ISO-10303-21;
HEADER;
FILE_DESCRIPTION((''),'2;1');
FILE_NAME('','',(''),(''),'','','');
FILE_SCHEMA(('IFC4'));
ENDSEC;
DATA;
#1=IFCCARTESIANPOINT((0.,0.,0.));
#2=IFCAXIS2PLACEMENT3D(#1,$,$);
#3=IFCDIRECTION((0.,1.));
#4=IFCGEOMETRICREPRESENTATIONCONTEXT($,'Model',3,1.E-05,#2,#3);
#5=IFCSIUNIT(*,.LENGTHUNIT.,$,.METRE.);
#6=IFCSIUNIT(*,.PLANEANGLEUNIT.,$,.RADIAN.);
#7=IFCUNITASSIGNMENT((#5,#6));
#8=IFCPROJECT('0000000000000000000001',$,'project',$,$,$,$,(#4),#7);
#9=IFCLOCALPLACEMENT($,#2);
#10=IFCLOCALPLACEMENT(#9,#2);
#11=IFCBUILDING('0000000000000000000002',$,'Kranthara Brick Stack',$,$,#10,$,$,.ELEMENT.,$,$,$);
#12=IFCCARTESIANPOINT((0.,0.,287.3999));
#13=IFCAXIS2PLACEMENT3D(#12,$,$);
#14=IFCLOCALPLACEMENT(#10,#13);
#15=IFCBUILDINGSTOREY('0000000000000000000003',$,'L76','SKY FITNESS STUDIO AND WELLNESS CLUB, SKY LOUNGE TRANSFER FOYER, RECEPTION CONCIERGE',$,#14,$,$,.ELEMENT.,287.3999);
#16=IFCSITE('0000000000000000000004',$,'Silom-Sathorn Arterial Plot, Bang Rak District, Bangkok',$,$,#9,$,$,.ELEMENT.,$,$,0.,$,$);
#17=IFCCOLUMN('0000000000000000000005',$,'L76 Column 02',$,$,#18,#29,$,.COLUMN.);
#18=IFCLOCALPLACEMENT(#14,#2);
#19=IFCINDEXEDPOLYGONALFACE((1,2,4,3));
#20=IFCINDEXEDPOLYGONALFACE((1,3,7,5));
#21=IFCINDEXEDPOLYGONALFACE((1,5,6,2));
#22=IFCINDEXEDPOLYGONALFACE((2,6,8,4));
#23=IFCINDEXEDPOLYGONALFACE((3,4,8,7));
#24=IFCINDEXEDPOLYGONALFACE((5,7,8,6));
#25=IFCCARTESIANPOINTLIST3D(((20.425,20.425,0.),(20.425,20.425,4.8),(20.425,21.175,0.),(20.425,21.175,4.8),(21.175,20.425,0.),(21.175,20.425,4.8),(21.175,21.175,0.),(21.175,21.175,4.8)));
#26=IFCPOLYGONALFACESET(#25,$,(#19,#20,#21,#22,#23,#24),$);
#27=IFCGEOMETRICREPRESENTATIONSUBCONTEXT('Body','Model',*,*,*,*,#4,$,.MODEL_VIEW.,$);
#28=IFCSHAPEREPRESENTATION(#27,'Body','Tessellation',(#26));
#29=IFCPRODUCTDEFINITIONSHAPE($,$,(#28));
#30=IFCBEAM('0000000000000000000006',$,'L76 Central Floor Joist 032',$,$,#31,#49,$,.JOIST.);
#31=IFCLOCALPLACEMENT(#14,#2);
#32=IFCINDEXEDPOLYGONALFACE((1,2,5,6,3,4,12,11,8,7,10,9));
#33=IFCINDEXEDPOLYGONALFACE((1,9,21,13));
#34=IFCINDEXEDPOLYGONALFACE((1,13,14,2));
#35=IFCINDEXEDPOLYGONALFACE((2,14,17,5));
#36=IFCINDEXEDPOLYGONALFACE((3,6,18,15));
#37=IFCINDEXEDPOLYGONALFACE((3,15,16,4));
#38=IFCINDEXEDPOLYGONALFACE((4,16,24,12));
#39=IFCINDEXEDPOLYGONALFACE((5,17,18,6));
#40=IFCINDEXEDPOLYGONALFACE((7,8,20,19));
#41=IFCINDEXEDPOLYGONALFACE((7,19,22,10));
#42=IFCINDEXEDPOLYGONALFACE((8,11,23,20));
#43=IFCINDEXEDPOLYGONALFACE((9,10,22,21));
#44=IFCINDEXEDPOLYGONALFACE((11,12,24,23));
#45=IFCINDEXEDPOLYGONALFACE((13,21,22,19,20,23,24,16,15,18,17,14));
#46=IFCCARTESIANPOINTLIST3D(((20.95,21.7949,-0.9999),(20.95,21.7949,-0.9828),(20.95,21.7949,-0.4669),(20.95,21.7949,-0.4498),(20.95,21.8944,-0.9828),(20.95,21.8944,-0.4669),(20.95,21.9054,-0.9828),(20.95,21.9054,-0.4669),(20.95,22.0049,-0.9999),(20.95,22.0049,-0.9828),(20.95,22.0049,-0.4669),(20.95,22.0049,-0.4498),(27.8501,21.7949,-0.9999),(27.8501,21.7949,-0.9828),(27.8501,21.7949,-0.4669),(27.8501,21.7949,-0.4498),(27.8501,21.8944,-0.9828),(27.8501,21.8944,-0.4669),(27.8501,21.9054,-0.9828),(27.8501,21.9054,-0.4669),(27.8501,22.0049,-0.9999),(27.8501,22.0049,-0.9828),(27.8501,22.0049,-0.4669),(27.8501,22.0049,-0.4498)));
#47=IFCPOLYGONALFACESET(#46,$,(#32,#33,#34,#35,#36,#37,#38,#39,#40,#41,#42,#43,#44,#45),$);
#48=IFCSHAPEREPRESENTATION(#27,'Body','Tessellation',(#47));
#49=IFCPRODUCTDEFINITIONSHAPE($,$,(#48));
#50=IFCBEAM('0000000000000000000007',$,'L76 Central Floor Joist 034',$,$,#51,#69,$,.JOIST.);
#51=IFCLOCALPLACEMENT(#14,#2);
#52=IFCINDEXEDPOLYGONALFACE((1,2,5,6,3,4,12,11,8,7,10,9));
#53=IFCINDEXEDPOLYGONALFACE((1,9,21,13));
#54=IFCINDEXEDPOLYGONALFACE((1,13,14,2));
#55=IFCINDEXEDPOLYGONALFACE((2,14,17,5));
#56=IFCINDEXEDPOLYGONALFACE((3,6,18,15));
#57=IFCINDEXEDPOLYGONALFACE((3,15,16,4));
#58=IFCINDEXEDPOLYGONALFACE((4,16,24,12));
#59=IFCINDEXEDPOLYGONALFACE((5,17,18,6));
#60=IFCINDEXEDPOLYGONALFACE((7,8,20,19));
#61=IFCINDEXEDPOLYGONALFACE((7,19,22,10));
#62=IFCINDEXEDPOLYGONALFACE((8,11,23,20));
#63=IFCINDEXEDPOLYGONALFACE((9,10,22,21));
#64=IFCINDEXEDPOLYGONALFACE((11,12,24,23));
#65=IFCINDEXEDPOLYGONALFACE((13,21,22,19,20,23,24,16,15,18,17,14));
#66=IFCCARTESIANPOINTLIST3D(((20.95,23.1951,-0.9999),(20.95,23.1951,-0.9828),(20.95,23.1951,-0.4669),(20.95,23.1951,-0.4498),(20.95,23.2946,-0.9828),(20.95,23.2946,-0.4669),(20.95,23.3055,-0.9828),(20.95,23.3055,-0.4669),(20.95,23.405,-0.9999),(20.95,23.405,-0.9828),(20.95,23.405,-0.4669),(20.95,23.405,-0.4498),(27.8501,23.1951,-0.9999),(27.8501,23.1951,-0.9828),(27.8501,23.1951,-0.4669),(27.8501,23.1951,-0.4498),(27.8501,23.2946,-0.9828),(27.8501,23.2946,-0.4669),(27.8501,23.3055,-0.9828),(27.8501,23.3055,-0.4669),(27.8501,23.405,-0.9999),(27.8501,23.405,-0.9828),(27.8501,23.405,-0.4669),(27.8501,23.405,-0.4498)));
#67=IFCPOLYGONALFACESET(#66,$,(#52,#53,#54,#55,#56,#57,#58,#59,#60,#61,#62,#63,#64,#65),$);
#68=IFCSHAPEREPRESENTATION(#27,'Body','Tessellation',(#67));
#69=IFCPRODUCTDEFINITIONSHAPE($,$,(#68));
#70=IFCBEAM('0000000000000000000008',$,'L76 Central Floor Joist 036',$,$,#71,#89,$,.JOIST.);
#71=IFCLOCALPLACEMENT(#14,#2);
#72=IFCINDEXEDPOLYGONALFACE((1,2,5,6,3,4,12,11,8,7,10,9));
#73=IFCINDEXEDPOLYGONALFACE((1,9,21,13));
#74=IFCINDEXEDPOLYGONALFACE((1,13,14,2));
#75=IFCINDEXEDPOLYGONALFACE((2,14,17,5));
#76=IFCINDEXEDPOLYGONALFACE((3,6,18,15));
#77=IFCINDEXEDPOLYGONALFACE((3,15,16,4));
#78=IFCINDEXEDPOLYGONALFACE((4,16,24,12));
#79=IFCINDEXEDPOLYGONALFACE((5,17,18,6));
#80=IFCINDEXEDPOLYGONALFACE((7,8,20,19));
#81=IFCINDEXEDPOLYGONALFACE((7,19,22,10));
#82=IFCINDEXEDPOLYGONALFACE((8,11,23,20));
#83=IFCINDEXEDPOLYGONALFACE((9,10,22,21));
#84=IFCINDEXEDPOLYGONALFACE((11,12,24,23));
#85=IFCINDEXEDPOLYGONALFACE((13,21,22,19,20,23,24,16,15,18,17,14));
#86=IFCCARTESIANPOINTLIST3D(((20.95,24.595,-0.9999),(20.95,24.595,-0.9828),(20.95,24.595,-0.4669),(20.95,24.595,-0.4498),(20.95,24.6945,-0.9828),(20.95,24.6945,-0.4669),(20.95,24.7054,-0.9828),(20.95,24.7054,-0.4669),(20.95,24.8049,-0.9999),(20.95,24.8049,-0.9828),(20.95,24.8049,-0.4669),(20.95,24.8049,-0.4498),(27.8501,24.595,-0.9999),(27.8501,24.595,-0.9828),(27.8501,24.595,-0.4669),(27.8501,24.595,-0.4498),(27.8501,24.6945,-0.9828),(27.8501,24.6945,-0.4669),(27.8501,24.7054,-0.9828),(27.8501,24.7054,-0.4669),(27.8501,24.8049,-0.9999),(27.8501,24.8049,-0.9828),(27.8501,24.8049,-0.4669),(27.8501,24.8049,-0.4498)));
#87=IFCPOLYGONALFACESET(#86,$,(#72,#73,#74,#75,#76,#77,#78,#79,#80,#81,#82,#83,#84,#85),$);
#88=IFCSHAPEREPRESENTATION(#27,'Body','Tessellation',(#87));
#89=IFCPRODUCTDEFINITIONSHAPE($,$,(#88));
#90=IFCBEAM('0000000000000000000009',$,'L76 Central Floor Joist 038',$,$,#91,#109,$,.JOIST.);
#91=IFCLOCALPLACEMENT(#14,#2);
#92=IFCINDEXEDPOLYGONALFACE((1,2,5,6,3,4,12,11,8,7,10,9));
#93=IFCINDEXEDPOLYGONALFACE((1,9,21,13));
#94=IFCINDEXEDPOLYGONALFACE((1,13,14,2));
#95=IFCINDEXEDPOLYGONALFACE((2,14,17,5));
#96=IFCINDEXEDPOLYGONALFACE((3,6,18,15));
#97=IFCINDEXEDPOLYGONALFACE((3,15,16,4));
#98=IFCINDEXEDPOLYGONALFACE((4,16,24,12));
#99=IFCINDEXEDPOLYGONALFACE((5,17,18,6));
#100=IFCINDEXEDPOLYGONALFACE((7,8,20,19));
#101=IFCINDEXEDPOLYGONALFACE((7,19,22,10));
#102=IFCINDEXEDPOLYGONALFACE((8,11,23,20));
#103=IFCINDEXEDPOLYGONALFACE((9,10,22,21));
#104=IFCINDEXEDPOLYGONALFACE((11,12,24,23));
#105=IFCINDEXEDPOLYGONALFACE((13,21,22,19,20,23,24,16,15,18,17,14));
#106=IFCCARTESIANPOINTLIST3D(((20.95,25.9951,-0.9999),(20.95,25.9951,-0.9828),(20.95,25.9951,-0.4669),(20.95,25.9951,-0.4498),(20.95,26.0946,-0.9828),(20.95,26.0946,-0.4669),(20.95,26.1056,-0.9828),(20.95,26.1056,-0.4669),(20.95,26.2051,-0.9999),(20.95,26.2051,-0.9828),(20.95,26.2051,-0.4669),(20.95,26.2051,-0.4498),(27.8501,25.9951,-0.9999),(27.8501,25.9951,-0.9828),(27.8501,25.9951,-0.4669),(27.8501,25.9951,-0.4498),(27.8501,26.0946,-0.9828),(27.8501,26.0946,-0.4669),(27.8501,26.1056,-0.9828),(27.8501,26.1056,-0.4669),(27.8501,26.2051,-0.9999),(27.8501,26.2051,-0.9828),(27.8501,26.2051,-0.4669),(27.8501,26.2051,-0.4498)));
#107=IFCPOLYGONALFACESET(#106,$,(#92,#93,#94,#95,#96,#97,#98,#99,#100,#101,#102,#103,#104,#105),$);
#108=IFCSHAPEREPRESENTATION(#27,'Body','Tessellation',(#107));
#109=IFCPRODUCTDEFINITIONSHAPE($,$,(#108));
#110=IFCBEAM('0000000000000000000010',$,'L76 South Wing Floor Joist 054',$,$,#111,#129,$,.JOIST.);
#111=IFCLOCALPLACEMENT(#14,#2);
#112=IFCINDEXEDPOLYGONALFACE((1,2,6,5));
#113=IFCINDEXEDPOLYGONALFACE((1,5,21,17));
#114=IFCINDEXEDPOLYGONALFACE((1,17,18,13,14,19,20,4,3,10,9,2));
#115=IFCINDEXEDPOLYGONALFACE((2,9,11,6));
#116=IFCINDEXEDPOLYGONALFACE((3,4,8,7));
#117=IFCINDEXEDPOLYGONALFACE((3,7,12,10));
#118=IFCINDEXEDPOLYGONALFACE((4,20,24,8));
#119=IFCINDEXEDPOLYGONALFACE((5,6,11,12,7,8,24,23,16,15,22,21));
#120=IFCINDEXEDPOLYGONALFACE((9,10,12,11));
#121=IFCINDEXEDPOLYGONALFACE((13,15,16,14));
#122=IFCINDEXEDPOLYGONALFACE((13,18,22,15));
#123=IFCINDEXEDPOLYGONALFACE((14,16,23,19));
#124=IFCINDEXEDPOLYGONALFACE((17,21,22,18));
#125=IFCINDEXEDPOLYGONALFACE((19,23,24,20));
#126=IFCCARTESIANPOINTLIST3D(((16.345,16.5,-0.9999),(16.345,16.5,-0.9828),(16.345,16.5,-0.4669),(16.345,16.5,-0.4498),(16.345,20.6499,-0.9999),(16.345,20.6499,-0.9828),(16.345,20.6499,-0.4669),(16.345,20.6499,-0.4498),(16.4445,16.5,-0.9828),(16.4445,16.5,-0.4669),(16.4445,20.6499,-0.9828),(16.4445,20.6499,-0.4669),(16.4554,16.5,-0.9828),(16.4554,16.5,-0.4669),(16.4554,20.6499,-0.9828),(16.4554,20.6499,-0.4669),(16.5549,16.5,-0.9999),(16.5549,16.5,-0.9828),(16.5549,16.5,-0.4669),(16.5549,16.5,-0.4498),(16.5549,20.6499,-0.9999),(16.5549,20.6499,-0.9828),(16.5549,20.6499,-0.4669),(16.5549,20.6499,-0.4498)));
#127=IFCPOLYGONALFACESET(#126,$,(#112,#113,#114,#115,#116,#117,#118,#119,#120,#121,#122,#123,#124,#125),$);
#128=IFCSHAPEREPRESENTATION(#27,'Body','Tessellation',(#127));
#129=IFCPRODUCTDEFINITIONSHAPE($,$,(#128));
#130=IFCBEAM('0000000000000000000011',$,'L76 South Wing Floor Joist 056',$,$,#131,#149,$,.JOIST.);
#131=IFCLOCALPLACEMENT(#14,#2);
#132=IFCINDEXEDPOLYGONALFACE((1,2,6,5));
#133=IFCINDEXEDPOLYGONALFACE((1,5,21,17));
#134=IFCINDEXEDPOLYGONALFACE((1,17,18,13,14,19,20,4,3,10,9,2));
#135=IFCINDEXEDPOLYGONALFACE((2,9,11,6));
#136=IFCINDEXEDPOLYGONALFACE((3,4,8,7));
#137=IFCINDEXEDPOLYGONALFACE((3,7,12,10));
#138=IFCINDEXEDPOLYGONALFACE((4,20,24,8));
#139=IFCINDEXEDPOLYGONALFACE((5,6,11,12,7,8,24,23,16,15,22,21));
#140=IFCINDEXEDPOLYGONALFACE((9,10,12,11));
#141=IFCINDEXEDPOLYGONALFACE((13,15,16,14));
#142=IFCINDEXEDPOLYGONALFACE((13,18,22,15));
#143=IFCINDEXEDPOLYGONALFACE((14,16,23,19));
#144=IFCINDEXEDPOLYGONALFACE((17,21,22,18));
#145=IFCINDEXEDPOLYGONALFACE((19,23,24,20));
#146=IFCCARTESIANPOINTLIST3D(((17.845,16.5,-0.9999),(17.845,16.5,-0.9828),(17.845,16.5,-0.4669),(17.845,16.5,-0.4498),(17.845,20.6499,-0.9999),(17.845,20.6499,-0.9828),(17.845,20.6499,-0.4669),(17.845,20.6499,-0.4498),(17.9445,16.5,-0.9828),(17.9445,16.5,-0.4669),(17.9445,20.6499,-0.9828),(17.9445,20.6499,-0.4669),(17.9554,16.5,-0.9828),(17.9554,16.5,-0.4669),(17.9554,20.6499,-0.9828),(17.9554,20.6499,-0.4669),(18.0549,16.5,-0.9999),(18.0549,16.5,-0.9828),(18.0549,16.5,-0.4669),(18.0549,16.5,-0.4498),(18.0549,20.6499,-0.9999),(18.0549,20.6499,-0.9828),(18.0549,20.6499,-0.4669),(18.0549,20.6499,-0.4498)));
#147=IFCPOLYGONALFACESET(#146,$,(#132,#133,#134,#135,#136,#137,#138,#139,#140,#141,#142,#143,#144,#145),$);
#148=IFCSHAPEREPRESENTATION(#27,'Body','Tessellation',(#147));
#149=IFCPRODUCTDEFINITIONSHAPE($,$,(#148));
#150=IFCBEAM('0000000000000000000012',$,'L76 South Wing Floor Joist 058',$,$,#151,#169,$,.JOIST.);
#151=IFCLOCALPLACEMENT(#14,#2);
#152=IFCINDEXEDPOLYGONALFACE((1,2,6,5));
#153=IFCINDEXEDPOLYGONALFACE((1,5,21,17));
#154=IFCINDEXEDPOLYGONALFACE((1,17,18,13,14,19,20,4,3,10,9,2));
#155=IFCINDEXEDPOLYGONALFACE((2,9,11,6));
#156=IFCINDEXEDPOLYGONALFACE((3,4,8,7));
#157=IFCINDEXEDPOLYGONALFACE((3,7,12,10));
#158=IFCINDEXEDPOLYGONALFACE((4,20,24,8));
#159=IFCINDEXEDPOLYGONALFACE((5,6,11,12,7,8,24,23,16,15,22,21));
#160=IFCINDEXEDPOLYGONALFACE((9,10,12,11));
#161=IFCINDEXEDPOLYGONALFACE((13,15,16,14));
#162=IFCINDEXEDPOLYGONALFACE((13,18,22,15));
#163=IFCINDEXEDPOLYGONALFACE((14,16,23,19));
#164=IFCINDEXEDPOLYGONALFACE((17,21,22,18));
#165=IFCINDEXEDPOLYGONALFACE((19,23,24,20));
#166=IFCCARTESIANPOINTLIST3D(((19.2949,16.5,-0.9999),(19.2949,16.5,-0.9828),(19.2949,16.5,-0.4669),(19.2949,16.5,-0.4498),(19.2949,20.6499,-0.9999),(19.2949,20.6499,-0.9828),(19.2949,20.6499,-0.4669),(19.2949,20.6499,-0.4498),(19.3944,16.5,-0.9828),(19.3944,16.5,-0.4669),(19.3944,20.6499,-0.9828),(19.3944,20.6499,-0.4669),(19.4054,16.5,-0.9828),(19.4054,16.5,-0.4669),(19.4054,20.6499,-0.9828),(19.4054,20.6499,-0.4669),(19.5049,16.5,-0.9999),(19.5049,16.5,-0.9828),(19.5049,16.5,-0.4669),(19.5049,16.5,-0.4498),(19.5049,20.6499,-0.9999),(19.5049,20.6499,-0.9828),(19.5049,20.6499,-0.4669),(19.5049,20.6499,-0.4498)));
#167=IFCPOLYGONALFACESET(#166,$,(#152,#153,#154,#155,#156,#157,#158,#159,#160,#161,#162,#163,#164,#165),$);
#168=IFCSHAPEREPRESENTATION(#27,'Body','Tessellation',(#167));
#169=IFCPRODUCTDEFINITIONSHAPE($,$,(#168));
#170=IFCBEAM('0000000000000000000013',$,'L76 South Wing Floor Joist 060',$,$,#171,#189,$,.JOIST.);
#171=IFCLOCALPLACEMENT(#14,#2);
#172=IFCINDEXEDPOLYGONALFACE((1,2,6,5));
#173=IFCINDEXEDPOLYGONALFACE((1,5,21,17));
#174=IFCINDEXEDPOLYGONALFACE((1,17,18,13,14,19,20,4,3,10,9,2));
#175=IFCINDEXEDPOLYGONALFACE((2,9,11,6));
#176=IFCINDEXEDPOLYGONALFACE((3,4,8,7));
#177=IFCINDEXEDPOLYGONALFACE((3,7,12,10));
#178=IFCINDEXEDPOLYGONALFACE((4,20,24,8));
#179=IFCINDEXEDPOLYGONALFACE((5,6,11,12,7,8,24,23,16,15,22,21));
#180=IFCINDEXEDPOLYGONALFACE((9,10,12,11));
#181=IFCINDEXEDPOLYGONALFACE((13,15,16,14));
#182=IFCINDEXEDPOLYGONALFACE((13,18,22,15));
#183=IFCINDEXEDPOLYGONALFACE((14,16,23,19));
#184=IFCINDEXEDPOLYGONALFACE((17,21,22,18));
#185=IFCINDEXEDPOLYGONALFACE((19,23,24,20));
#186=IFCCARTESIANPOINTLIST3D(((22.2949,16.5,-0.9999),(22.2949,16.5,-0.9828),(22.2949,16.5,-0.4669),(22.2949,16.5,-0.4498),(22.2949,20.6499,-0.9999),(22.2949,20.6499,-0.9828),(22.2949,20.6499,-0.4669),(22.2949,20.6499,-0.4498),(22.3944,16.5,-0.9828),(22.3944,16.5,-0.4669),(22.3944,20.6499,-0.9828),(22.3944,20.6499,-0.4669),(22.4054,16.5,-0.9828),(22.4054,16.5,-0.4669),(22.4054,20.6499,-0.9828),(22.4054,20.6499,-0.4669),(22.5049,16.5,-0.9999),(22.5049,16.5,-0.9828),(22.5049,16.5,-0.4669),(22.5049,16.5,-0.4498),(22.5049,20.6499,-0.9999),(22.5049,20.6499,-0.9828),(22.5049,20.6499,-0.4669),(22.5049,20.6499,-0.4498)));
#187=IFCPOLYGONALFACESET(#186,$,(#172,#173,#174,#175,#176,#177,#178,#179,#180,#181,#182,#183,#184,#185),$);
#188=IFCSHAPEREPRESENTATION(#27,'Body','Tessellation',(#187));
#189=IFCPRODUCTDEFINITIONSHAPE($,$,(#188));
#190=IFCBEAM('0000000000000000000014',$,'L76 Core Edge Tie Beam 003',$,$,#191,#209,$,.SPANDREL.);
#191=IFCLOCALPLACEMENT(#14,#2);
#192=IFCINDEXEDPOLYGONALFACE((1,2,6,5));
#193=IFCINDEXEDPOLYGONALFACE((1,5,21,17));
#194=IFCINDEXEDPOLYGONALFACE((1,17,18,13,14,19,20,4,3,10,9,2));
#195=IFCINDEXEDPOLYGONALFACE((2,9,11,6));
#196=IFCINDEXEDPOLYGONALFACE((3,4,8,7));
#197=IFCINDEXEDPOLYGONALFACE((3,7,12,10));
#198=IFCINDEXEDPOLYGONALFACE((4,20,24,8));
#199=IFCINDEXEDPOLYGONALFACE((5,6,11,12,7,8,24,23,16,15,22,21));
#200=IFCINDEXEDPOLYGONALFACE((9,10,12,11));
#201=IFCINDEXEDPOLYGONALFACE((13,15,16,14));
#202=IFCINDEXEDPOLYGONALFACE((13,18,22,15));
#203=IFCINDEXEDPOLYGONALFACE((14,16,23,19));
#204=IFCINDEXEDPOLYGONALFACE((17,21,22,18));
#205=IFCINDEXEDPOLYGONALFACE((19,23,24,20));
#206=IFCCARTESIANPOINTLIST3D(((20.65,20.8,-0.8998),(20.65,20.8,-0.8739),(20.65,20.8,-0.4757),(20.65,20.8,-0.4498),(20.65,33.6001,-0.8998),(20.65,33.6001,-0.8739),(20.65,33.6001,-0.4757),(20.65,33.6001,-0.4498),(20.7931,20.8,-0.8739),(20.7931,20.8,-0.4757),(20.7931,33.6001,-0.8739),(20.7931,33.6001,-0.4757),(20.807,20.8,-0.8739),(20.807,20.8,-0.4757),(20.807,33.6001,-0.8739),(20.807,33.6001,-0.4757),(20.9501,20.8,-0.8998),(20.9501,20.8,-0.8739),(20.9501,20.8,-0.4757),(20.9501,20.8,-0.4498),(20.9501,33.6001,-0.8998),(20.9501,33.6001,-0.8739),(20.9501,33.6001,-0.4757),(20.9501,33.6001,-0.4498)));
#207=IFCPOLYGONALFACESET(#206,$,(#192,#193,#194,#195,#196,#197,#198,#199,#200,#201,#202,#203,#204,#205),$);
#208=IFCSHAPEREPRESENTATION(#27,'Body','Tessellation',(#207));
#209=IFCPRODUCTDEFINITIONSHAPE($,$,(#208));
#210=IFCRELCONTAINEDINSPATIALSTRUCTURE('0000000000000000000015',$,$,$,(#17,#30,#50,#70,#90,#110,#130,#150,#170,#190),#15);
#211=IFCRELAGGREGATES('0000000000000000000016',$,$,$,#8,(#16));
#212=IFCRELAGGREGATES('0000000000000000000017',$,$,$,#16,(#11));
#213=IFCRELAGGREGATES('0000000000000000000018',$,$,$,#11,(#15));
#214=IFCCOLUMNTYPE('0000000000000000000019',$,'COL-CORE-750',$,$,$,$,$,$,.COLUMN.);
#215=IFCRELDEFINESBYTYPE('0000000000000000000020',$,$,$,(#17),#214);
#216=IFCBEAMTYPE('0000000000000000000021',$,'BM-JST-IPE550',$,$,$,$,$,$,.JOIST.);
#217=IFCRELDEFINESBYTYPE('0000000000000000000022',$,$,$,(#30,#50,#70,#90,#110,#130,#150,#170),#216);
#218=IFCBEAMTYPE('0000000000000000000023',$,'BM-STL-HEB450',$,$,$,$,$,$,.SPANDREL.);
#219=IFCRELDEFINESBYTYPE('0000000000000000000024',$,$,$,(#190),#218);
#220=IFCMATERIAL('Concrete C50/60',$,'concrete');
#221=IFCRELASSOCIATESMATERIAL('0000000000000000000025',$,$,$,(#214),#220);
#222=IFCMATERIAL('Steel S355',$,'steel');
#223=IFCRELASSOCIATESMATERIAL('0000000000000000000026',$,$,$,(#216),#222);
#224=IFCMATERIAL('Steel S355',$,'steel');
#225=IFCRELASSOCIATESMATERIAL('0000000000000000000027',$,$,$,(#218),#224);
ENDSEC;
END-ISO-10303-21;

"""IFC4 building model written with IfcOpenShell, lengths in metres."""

from ifc_helpers import new_model, si_unit, direction, frame, origin, origin_2d, place, context, subcontext, project, spatial, rectangle, i_section, extrude, material, material_profile, profile_set, type_object, element, save


model = new_model("IFC4")

# Units and contexts
model_context = context("Model", 3, precision=1e-05, world=origin(), true_north=direction((0.0, 1.0)))
body_context = subcontext(model_context, "Body", "Model", "MODEL_VIEW")
ifc_project = project(units=[si_unit("LENGTHUNIT", "METRE"), si_unit("PLANEANGLEUNIT", "RADIAN")], contexts=[model_context])

# Site, building, storey
site_placement = place(None, origin())
site = spatial("IfcSite", under=ifc_project, at=site_placement, Name="Silom-Sathorn Arterial Plot, Bang Rak District, Bangkok", CompositionType="ELEMENT", RefElevation=0.0)
building_placement = place(site_placement, origin())
building = spatial("IfcBuilding", under=site, at=building_placement, Name="Kranthara Brick Stack", CompositionType="ELEMENT")
storey_placement = place(building_placement, frame((0.0, 0.0, 287.3999)))
storey = spatial("IfcBuildingStorey", under=building, at=storey_placement, Name="L76", Description="SKY FITNESS STUDIO AND WELLNESS CLUB, SKY LOUNGE TRANSFER FOYER, RECEPTION CONCIERGE", CompositionType="ELEMENT", Elevation=287.3999)

# Column
ifc_material_1 = material(Name="Concrete C50/60", Category="concrete")
ifc_material_profile_1 = material_profile(ifc_material_1, rectangle(XDim=0.75, YDim=0.75, at=origin_2d()), Name="RC 750x750")
ifc_profile_set_1 = profile_set([ifc_material_profile_1], Name="Concrete C50/60")
column_type = type_object("IfcColumnType", Name="COL-CORE-750", PredefinedType="COLUMN", material=ifc_profile_set_1)
column_placement = place(storey_placement, frame((20.8, 20.8, 0.0), z_axis=(0.0, 0.0, 1.0), x_axis=(1.0, 0.0, 0.0)))
element("IfcColumn", 1, at=column_placement, inside=storey, type_object=column_type, Name="L76 Column 02", PredefinedType="COLUMN", context=body_context, shape_type="SweptSolid", body=[
    extrude(rectangle(XDim=0.75, YDim=0.75, at=origin_2d()), origin(), (0.0, 0.0, 1.0), 4.8),
])

# Beams
ifc_material_2 = material(Name="Steel S355", Category="steel")
ifc_material_profile_2 = material_profile(ifc_material_2, i_section(OverallWidth=0.21, OverallDepth=0.55, WebThickness=0.011, FlangeThickness=0.0171, at=origin_2d()), Name="IPE 550")
ifc_profile_set_2 = profile_set([ifc_material_profile_2], Name="Steel S355")
beam_type_1 = type_object("IfcBeamType", Name="BM-JST-IPE550", PredefinedType="JOIST", material=ifc_profile_set_2)
for number, where, z_axis, x_axis, name in (
    (2, (20.95, 21.8999, -0.7249), (1.0, 0.0, 0.0), (0.0, 1.0, 0.0), "L76 Central Floor Joist 032"),
    (3, (20.95, 23.3, -0.7249), (1.0, 0.0, 0.0), (0.0, 1.0, 0.0), "L76 Central Floor Joist 034"),
    (4, (20.95, 24.7, -0.7249), (1.0, 0.0, 0.0), (0.0, 1.0, 0.0), "L76 Central Floor Joist 036"),
    (5, (20.95, 26.1001, -0.7249), (1.0, 0.0, 0.0), (0.0, 1.0, 0.0), "L76 Central Floor Joist 038"),
):
    element("IfcBeam", number, at=place(storey_placement, frame(where, z_axis=z_axis, x_axis=x_axis)), inside=storey, type_object=beam_type_1, Name=name, PredefinedType="JOIST", context=body_context, shape_type="SweptSolid", body=[
        extrude(i_section(OverallWidth=0.21, OverallDepth=0.55, WebThickness=0.011, FlangeThickness=0.0171, at=origin_2d()), origin(), (0.0, 0.0, 1.0), 6.9001),
    ])
for number, where, z_axis, x_axis, name in (
    (6, (16.45, 16.5, -0.7249), (0.0, 1.0, 0.0), (-1.0, 0.0, 0.0), "L76 South Wing Floor Joist 054"),
    (7, (17.95, 16.5, -0.7249), (0.0, 1.0, 0.0), (-1.0, 0.0, 0.0), "L76 South Wing Floor Joist 056"),
    (8, (19.3999, 16.5, -0.7249), (0.0, 1.0, 0.0), (-1.0, 0.0, 0.0), "L76 South Wing Floor Joist 058"),
    (9, (22.3999, 16.5, -0.7249), (0.0, 1.0, 0.0), (-1.0, 0.0, 0.0), "L76 South Wing Floor Joist 060"),
):
    element("IfcBeam", number, at=place(storey_placement, frame(where, z_axis=z_axis, x_axis=x_axis)), inside=storey, type_object=beam_type_1, Name=name, PredefinedType="JOIST", context=body_context, shape_type="SweptSolid", body=[
        extrude(i_section(OverallWidth=0.21, OverallDepth=0.55, WebThickness=0.011, FlangeThickness=0.0171, at=origin_2d()), origin(), (0.0, 0.0, 1.0), 4.1499),
    ])
ifc_material_3 = material(Name="Steel S355", Category="steel")
ifc_material_profile_3 = material_profile(ifc_material_3, i_section(OverallWidth=0.3, OverallDepth=0.45, WebThickness=0.0139, FlangeThickness=0.0259, at=origin_2d()), Name="HEB 450")
ifc_profile_set_3 = profile_set([ifc_material_profile_3], Name="Steel S355")
beam_type_2 = type_object("IfcBeamType", Name="BM-STL-HEB450", PredefinedType="SPANDREL", material=ifc_profile_set_3)
beam_1_placement = place(storey_placement, frame((20.8, 20.8, -0.6748), z_axis=(0.0, 1.0, 0.0), x_axis=(-1.0, 0.0, 0.0)))
element("IfcBeam", 10, at=beam_1_placement, inside=storey, type_object=beam_type_2, Name="L76 Core Edge Tie Beam 003", PredefinedType="SPANDREL", context=body_context, shape_type="SweptSolid", body=[
    extrude(i_section(OverallWidth=0.3, OverallDepth=0.45, WebThickness=0.0139, FlangeThickness=0.0259, at=origin_2d()), origin(), (0.0, 0.0, 1.0), 12.8),
])

save(model, "model.ifc")
